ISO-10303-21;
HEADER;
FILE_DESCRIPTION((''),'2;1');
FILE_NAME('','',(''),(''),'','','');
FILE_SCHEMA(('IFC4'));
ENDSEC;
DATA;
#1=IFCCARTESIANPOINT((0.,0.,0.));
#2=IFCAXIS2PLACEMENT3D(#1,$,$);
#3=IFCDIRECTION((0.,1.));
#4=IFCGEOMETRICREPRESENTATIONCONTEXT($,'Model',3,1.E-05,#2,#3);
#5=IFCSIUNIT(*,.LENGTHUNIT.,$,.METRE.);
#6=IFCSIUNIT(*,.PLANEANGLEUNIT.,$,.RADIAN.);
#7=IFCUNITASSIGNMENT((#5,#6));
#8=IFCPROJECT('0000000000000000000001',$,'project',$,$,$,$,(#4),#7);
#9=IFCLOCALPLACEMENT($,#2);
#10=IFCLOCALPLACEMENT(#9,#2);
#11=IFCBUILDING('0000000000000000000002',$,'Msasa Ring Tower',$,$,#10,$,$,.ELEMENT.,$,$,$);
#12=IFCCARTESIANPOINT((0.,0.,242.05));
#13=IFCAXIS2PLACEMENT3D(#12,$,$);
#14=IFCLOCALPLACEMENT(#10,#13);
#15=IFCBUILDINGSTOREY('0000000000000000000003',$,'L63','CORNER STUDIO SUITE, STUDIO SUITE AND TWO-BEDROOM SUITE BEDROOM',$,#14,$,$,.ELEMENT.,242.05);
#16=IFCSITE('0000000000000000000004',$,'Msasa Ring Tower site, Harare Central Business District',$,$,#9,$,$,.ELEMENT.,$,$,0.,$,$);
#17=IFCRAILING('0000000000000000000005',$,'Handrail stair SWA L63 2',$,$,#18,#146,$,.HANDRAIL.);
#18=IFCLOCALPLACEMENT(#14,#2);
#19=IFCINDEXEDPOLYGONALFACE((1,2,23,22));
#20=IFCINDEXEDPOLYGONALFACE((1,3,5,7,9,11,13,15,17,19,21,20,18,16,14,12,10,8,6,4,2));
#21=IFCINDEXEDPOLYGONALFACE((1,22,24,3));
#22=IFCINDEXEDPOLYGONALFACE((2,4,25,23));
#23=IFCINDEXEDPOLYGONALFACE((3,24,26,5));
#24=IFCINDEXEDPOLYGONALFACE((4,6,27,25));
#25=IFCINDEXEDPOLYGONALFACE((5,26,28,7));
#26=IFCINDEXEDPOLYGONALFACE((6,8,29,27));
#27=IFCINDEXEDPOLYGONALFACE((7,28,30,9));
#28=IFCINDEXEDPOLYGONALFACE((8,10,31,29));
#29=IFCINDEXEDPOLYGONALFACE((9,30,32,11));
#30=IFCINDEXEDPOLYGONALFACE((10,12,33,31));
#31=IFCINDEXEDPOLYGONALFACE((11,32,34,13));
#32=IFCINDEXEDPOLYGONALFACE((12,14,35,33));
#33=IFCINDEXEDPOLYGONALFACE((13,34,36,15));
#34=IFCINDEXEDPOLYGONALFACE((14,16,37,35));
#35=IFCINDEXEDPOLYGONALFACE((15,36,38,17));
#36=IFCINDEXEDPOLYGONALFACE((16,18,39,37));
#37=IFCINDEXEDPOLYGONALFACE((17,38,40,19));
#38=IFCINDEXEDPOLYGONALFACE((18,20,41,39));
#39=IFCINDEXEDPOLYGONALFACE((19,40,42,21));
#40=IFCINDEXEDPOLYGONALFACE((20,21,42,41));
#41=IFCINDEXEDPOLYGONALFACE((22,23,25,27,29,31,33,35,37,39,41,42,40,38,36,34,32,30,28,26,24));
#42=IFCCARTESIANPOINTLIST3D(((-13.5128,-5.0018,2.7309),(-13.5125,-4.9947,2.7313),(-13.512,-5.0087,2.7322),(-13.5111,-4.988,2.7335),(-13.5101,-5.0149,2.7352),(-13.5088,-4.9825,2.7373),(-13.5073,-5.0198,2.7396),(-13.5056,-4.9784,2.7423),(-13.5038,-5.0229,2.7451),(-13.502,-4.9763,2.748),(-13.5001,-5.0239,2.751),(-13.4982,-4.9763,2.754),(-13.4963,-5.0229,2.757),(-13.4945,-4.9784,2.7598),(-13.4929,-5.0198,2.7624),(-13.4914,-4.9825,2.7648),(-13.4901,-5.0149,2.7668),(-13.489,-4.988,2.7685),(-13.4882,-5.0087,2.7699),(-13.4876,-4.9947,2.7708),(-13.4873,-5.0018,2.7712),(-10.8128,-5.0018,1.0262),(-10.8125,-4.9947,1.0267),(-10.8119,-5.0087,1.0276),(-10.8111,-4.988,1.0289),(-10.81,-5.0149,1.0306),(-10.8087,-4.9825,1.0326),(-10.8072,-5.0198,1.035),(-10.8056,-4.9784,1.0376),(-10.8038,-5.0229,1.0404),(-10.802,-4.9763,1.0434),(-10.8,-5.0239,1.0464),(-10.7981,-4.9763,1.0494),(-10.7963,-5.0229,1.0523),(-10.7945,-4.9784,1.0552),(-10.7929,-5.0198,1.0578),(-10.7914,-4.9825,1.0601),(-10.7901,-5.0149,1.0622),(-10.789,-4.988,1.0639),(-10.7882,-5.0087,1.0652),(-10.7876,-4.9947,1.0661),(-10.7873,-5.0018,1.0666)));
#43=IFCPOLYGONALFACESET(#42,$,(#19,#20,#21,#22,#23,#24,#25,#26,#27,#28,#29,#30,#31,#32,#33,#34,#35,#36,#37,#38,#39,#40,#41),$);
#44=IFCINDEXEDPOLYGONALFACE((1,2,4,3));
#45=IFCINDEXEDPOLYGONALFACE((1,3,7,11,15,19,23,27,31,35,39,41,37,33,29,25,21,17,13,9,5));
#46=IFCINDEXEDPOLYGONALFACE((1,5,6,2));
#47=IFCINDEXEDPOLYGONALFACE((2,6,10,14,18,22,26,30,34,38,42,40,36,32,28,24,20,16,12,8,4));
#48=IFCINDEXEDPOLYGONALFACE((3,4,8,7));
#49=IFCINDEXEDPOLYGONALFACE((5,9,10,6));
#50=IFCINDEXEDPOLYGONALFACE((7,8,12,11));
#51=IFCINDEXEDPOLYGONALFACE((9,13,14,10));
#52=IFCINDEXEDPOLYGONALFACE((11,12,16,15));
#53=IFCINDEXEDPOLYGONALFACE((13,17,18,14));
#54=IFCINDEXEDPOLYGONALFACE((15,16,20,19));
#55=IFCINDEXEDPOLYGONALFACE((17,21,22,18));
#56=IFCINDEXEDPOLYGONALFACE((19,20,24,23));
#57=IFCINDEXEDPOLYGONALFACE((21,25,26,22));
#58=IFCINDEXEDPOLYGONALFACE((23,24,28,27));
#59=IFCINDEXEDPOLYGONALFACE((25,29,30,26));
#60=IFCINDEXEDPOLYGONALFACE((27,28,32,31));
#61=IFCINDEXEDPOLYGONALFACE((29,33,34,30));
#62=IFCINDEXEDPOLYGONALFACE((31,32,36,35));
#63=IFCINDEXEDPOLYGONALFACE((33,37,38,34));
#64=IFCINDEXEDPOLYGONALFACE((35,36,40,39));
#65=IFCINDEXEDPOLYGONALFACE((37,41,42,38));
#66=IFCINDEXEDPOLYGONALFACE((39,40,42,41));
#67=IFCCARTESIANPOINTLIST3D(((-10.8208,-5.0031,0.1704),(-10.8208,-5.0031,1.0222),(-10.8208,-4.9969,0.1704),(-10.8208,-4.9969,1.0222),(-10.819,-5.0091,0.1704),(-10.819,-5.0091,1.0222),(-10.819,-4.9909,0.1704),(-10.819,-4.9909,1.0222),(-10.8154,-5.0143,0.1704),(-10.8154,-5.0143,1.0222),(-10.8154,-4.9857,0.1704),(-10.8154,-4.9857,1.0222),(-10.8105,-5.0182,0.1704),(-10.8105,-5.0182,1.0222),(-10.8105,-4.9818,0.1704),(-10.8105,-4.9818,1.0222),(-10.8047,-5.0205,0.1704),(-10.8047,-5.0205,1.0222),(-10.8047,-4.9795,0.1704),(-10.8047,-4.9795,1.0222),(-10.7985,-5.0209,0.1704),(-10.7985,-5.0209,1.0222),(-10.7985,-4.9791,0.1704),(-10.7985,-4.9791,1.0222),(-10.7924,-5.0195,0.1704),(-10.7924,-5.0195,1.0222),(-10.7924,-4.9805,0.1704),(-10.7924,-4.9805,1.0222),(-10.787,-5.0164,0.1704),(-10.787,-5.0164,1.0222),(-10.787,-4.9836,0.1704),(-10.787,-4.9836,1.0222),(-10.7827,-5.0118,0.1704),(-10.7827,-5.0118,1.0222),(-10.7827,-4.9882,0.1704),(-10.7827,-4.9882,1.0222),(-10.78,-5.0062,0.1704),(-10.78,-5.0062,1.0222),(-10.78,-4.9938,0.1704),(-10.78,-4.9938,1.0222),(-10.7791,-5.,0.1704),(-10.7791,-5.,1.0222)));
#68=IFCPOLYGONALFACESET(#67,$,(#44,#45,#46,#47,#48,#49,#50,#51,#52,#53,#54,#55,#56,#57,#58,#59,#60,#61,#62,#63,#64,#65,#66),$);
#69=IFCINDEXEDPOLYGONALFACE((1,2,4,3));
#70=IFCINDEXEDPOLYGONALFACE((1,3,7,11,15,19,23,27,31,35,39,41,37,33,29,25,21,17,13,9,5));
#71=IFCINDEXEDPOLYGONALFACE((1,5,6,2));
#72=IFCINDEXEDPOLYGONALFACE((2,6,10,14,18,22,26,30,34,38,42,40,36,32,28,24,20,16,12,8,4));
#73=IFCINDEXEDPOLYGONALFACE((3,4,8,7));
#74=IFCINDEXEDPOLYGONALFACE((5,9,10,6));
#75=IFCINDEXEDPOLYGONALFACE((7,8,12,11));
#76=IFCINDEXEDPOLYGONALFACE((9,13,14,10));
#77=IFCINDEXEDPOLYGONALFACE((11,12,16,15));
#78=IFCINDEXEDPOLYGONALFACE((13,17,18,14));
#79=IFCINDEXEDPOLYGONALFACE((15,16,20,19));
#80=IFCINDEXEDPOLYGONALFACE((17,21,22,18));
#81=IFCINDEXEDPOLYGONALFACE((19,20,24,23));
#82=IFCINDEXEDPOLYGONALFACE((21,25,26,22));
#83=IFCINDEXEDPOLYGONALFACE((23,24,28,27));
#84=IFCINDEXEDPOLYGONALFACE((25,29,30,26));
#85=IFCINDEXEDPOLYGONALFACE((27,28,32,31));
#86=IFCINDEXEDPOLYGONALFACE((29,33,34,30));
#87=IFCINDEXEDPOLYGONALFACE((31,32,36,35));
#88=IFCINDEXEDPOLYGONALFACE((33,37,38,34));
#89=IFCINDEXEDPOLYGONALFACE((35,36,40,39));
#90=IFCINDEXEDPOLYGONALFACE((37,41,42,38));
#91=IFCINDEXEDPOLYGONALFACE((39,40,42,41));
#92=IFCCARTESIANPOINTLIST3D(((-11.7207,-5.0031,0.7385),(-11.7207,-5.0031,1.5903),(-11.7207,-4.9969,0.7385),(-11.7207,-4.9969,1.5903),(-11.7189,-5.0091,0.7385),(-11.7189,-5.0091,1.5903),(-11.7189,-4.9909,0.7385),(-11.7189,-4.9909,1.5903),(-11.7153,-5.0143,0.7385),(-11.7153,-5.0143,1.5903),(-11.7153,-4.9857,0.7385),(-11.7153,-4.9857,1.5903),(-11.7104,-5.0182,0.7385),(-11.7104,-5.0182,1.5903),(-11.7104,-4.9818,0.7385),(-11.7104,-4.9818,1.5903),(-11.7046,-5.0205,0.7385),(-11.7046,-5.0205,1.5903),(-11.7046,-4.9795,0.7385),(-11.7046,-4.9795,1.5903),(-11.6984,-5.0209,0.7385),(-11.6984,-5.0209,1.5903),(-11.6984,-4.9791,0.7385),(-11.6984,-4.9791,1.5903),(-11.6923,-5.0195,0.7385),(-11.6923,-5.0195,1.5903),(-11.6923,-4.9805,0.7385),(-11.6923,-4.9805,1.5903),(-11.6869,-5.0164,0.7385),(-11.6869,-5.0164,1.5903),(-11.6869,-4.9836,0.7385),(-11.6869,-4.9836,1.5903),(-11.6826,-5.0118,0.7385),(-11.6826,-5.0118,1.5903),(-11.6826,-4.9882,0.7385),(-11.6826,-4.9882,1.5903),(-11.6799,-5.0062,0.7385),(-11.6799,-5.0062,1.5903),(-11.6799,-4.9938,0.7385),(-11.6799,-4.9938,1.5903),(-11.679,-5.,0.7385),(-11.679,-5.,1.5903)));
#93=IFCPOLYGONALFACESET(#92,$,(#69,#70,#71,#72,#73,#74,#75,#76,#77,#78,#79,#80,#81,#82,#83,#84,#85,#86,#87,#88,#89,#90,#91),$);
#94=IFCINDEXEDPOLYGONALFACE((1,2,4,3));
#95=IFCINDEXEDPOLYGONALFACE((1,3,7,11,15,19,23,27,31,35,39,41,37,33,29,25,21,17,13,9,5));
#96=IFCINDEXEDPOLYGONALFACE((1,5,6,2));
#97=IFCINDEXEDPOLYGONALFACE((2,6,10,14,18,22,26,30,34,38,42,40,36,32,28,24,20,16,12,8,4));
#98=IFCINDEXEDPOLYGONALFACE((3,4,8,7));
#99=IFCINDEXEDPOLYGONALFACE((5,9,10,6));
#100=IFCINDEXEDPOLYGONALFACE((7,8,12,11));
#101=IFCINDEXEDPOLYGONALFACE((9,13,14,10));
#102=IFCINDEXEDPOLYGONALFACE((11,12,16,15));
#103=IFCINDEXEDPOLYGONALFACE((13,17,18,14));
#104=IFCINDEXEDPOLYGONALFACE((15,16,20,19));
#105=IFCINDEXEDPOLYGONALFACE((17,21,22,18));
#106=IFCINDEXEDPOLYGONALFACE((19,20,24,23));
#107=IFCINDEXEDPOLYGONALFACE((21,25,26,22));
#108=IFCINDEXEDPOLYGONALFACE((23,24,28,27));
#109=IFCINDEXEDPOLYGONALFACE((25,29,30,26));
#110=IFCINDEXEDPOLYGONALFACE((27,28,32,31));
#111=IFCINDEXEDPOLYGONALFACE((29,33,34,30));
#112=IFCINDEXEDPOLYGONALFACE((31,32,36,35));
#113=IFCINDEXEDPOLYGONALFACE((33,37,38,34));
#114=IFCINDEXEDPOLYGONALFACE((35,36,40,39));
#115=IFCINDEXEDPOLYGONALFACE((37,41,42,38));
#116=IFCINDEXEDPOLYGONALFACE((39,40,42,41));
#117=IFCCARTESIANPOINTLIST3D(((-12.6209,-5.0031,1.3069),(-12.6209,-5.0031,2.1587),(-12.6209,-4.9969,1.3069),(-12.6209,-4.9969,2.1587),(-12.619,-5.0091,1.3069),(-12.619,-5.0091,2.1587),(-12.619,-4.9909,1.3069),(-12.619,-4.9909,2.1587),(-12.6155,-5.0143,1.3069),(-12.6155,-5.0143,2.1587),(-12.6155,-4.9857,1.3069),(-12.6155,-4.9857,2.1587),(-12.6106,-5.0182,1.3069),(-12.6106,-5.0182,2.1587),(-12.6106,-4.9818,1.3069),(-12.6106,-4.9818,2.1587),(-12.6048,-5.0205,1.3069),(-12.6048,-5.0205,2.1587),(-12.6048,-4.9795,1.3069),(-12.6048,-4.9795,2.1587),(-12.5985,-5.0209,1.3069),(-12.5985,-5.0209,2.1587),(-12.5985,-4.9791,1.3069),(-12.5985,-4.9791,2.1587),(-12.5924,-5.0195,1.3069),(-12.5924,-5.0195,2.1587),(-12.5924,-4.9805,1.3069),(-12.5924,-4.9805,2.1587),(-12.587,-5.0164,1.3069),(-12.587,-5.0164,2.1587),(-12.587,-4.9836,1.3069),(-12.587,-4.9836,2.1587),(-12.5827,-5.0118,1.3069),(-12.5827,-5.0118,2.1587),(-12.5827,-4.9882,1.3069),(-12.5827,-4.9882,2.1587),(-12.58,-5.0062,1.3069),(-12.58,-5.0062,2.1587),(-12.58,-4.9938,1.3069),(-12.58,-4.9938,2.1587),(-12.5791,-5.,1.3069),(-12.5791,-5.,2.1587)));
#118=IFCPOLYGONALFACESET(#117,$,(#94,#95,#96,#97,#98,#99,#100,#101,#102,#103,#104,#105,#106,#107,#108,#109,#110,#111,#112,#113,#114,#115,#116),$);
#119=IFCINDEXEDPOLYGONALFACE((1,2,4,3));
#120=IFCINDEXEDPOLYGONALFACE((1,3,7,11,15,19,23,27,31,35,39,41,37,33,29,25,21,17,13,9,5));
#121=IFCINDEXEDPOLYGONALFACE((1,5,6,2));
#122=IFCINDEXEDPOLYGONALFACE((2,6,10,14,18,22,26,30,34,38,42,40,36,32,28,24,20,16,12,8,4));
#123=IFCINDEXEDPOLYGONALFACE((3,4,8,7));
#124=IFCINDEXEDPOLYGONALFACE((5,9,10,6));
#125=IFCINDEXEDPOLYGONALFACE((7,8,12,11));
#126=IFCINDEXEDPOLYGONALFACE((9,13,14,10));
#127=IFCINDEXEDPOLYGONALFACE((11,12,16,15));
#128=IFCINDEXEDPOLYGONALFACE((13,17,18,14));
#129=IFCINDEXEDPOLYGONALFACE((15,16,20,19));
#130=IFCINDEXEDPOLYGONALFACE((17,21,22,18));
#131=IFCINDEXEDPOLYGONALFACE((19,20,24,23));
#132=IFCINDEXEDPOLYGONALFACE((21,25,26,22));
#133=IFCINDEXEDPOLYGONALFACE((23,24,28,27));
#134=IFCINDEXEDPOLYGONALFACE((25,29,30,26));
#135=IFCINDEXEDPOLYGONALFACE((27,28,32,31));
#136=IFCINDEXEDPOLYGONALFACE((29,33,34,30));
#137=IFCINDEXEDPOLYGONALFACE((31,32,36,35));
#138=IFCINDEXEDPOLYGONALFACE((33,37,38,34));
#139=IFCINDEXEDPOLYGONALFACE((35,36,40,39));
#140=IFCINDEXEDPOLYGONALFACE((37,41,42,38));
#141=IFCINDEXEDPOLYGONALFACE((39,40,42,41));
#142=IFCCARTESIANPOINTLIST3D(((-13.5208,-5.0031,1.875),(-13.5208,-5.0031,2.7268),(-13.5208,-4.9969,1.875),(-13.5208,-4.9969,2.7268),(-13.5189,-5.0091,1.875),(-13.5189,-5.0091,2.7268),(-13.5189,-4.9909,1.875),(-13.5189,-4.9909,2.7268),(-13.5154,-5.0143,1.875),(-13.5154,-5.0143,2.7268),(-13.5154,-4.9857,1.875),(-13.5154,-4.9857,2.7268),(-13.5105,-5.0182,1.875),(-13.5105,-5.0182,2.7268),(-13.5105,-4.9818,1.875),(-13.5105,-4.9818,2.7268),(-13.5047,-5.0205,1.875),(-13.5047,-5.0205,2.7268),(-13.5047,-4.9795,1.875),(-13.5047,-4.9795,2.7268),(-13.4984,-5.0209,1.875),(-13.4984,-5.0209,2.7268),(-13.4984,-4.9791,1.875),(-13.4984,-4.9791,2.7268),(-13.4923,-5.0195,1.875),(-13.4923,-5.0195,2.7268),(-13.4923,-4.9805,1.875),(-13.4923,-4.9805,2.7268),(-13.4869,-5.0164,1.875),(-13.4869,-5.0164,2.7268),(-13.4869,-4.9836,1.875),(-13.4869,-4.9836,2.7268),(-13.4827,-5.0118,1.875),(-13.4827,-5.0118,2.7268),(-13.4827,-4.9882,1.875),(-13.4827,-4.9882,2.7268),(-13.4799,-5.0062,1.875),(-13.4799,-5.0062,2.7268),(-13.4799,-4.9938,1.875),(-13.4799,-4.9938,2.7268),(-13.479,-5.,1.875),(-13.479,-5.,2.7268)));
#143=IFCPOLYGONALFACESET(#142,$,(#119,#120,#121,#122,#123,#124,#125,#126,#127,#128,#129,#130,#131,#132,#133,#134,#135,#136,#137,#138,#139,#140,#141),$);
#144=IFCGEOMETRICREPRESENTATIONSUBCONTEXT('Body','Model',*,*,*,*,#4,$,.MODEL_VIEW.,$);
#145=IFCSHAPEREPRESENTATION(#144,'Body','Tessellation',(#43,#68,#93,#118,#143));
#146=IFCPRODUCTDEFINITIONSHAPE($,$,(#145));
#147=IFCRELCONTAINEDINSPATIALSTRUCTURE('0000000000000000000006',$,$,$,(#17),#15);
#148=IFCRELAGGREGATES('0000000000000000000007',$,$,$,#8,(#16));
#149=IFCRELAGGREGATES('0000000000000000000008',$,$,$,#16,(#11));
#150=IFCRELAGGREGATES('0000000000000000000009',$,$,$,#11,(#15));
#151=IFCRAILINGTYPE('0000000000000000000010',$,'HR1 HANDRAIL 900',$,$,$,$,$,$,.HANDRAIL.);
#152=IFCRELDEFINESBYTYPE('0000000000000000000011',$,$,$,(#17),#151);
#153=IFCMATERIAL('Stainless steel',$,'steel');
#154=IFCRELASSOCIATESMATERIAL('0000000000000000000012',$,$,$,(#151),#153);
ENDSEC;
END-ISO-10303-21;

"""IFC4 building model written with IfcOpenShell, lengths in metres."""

from ifc_helpers import new_model, si_unit, direction, frame, origin, origin_2d, place, context, subcontext, project, spatial, circle, extrude, material, type_object, element, save


model = new_model("IFC4")

# Units and contexts
model_context = context("Model", 3, precision=1e-05, world=origin(), true_north=direction((0.0, 1.0)))
body_context = subcontext(model_context, "Body", "Model", "MODEL_VIEW")
ifc_project = project(units=[si_unit("LENGTHUNIT", "METRE"), si_unit("PLANEANGLEUNIT", "RADIAN")], contexts=[model_context])

# Site, building, storey
site_placement = place(None, origin())
site = spatial("IfcSite", under=ifc_project, at=site_placement, Name="Msasa Ring Tower site, Harare Central Business District", CompositionType="ELEMENT", RefElevation=0.0)
building_placement = place(site_placement, origin())
building = spatial("IfcBuilding", under=site, at=building_placement, Name="Msasa Ring Tower", CompositionType="ELEMENT")
storey_placement = place(building_placement, frame((0.0, 0.0, 242.05)))
storey = spatial("IfcBuildingStorey", under=building, at=storey_placement, Name="L63", Description="CORNER STUDIO SUITE, STUDIO SUITE AND TWO-BEDROOM SUITE BEDROOM", CompositionType="ELEMENT", Elevation=242.05)

# Railing
ifc_material_1 = material(Name="Stainless steel", Category="steel")
railing_type = type_object("IfcRailingType", Name="HR1 HANDRAIL 900", PredefinedType="HANDRAIL", material=ifc_material_1)
for number, where, name in (
    (1, (-10.8, -5.0, 0.1704), "Handrail stair SWA L63 2"),
):
    element("IfcRailing", number, at=place(storey_placement, frame(where)), inside=storey, type_object=railing_type, Name=name, PredefinedType="HANDRAIL", context=body_context, shape_type="SweptSolid", body=[
        extrude(circle(Radius=0.0239, at=origin_2d()), frame((0.0, 0.0, 0.876), z_axis=(-0.84558, 0.0, 0.533849), x_axis=(0.0, -1.0, 0.0)), (0.0, 0.0, 1.0), 3.1931),
        extrude(circle(Radius=0.021, at=origin_2d()), origin(), (0.0, 0.0, 1.0), 0.8518),
        extrude(circle(Radius=0.021, at=origin_2d()), frame((-0.8999, 0.0, 0.5681)), (0.0, 0.0, 1.0), 0.8518),
        extrude(circle(Radius=0.021, at=origin_2d()), frame((-1.8, 0.0, 1.1365)), (0.0, 0.0, 1.0), 0.8518),
        extrude(circle(Radius=0.021, at=origin_2d()), frame((-2.7, 0.0, 1.7046)), (0.0, 0.0, 1.0), 0.8518),
    ])

save(model, "model.ifc")
